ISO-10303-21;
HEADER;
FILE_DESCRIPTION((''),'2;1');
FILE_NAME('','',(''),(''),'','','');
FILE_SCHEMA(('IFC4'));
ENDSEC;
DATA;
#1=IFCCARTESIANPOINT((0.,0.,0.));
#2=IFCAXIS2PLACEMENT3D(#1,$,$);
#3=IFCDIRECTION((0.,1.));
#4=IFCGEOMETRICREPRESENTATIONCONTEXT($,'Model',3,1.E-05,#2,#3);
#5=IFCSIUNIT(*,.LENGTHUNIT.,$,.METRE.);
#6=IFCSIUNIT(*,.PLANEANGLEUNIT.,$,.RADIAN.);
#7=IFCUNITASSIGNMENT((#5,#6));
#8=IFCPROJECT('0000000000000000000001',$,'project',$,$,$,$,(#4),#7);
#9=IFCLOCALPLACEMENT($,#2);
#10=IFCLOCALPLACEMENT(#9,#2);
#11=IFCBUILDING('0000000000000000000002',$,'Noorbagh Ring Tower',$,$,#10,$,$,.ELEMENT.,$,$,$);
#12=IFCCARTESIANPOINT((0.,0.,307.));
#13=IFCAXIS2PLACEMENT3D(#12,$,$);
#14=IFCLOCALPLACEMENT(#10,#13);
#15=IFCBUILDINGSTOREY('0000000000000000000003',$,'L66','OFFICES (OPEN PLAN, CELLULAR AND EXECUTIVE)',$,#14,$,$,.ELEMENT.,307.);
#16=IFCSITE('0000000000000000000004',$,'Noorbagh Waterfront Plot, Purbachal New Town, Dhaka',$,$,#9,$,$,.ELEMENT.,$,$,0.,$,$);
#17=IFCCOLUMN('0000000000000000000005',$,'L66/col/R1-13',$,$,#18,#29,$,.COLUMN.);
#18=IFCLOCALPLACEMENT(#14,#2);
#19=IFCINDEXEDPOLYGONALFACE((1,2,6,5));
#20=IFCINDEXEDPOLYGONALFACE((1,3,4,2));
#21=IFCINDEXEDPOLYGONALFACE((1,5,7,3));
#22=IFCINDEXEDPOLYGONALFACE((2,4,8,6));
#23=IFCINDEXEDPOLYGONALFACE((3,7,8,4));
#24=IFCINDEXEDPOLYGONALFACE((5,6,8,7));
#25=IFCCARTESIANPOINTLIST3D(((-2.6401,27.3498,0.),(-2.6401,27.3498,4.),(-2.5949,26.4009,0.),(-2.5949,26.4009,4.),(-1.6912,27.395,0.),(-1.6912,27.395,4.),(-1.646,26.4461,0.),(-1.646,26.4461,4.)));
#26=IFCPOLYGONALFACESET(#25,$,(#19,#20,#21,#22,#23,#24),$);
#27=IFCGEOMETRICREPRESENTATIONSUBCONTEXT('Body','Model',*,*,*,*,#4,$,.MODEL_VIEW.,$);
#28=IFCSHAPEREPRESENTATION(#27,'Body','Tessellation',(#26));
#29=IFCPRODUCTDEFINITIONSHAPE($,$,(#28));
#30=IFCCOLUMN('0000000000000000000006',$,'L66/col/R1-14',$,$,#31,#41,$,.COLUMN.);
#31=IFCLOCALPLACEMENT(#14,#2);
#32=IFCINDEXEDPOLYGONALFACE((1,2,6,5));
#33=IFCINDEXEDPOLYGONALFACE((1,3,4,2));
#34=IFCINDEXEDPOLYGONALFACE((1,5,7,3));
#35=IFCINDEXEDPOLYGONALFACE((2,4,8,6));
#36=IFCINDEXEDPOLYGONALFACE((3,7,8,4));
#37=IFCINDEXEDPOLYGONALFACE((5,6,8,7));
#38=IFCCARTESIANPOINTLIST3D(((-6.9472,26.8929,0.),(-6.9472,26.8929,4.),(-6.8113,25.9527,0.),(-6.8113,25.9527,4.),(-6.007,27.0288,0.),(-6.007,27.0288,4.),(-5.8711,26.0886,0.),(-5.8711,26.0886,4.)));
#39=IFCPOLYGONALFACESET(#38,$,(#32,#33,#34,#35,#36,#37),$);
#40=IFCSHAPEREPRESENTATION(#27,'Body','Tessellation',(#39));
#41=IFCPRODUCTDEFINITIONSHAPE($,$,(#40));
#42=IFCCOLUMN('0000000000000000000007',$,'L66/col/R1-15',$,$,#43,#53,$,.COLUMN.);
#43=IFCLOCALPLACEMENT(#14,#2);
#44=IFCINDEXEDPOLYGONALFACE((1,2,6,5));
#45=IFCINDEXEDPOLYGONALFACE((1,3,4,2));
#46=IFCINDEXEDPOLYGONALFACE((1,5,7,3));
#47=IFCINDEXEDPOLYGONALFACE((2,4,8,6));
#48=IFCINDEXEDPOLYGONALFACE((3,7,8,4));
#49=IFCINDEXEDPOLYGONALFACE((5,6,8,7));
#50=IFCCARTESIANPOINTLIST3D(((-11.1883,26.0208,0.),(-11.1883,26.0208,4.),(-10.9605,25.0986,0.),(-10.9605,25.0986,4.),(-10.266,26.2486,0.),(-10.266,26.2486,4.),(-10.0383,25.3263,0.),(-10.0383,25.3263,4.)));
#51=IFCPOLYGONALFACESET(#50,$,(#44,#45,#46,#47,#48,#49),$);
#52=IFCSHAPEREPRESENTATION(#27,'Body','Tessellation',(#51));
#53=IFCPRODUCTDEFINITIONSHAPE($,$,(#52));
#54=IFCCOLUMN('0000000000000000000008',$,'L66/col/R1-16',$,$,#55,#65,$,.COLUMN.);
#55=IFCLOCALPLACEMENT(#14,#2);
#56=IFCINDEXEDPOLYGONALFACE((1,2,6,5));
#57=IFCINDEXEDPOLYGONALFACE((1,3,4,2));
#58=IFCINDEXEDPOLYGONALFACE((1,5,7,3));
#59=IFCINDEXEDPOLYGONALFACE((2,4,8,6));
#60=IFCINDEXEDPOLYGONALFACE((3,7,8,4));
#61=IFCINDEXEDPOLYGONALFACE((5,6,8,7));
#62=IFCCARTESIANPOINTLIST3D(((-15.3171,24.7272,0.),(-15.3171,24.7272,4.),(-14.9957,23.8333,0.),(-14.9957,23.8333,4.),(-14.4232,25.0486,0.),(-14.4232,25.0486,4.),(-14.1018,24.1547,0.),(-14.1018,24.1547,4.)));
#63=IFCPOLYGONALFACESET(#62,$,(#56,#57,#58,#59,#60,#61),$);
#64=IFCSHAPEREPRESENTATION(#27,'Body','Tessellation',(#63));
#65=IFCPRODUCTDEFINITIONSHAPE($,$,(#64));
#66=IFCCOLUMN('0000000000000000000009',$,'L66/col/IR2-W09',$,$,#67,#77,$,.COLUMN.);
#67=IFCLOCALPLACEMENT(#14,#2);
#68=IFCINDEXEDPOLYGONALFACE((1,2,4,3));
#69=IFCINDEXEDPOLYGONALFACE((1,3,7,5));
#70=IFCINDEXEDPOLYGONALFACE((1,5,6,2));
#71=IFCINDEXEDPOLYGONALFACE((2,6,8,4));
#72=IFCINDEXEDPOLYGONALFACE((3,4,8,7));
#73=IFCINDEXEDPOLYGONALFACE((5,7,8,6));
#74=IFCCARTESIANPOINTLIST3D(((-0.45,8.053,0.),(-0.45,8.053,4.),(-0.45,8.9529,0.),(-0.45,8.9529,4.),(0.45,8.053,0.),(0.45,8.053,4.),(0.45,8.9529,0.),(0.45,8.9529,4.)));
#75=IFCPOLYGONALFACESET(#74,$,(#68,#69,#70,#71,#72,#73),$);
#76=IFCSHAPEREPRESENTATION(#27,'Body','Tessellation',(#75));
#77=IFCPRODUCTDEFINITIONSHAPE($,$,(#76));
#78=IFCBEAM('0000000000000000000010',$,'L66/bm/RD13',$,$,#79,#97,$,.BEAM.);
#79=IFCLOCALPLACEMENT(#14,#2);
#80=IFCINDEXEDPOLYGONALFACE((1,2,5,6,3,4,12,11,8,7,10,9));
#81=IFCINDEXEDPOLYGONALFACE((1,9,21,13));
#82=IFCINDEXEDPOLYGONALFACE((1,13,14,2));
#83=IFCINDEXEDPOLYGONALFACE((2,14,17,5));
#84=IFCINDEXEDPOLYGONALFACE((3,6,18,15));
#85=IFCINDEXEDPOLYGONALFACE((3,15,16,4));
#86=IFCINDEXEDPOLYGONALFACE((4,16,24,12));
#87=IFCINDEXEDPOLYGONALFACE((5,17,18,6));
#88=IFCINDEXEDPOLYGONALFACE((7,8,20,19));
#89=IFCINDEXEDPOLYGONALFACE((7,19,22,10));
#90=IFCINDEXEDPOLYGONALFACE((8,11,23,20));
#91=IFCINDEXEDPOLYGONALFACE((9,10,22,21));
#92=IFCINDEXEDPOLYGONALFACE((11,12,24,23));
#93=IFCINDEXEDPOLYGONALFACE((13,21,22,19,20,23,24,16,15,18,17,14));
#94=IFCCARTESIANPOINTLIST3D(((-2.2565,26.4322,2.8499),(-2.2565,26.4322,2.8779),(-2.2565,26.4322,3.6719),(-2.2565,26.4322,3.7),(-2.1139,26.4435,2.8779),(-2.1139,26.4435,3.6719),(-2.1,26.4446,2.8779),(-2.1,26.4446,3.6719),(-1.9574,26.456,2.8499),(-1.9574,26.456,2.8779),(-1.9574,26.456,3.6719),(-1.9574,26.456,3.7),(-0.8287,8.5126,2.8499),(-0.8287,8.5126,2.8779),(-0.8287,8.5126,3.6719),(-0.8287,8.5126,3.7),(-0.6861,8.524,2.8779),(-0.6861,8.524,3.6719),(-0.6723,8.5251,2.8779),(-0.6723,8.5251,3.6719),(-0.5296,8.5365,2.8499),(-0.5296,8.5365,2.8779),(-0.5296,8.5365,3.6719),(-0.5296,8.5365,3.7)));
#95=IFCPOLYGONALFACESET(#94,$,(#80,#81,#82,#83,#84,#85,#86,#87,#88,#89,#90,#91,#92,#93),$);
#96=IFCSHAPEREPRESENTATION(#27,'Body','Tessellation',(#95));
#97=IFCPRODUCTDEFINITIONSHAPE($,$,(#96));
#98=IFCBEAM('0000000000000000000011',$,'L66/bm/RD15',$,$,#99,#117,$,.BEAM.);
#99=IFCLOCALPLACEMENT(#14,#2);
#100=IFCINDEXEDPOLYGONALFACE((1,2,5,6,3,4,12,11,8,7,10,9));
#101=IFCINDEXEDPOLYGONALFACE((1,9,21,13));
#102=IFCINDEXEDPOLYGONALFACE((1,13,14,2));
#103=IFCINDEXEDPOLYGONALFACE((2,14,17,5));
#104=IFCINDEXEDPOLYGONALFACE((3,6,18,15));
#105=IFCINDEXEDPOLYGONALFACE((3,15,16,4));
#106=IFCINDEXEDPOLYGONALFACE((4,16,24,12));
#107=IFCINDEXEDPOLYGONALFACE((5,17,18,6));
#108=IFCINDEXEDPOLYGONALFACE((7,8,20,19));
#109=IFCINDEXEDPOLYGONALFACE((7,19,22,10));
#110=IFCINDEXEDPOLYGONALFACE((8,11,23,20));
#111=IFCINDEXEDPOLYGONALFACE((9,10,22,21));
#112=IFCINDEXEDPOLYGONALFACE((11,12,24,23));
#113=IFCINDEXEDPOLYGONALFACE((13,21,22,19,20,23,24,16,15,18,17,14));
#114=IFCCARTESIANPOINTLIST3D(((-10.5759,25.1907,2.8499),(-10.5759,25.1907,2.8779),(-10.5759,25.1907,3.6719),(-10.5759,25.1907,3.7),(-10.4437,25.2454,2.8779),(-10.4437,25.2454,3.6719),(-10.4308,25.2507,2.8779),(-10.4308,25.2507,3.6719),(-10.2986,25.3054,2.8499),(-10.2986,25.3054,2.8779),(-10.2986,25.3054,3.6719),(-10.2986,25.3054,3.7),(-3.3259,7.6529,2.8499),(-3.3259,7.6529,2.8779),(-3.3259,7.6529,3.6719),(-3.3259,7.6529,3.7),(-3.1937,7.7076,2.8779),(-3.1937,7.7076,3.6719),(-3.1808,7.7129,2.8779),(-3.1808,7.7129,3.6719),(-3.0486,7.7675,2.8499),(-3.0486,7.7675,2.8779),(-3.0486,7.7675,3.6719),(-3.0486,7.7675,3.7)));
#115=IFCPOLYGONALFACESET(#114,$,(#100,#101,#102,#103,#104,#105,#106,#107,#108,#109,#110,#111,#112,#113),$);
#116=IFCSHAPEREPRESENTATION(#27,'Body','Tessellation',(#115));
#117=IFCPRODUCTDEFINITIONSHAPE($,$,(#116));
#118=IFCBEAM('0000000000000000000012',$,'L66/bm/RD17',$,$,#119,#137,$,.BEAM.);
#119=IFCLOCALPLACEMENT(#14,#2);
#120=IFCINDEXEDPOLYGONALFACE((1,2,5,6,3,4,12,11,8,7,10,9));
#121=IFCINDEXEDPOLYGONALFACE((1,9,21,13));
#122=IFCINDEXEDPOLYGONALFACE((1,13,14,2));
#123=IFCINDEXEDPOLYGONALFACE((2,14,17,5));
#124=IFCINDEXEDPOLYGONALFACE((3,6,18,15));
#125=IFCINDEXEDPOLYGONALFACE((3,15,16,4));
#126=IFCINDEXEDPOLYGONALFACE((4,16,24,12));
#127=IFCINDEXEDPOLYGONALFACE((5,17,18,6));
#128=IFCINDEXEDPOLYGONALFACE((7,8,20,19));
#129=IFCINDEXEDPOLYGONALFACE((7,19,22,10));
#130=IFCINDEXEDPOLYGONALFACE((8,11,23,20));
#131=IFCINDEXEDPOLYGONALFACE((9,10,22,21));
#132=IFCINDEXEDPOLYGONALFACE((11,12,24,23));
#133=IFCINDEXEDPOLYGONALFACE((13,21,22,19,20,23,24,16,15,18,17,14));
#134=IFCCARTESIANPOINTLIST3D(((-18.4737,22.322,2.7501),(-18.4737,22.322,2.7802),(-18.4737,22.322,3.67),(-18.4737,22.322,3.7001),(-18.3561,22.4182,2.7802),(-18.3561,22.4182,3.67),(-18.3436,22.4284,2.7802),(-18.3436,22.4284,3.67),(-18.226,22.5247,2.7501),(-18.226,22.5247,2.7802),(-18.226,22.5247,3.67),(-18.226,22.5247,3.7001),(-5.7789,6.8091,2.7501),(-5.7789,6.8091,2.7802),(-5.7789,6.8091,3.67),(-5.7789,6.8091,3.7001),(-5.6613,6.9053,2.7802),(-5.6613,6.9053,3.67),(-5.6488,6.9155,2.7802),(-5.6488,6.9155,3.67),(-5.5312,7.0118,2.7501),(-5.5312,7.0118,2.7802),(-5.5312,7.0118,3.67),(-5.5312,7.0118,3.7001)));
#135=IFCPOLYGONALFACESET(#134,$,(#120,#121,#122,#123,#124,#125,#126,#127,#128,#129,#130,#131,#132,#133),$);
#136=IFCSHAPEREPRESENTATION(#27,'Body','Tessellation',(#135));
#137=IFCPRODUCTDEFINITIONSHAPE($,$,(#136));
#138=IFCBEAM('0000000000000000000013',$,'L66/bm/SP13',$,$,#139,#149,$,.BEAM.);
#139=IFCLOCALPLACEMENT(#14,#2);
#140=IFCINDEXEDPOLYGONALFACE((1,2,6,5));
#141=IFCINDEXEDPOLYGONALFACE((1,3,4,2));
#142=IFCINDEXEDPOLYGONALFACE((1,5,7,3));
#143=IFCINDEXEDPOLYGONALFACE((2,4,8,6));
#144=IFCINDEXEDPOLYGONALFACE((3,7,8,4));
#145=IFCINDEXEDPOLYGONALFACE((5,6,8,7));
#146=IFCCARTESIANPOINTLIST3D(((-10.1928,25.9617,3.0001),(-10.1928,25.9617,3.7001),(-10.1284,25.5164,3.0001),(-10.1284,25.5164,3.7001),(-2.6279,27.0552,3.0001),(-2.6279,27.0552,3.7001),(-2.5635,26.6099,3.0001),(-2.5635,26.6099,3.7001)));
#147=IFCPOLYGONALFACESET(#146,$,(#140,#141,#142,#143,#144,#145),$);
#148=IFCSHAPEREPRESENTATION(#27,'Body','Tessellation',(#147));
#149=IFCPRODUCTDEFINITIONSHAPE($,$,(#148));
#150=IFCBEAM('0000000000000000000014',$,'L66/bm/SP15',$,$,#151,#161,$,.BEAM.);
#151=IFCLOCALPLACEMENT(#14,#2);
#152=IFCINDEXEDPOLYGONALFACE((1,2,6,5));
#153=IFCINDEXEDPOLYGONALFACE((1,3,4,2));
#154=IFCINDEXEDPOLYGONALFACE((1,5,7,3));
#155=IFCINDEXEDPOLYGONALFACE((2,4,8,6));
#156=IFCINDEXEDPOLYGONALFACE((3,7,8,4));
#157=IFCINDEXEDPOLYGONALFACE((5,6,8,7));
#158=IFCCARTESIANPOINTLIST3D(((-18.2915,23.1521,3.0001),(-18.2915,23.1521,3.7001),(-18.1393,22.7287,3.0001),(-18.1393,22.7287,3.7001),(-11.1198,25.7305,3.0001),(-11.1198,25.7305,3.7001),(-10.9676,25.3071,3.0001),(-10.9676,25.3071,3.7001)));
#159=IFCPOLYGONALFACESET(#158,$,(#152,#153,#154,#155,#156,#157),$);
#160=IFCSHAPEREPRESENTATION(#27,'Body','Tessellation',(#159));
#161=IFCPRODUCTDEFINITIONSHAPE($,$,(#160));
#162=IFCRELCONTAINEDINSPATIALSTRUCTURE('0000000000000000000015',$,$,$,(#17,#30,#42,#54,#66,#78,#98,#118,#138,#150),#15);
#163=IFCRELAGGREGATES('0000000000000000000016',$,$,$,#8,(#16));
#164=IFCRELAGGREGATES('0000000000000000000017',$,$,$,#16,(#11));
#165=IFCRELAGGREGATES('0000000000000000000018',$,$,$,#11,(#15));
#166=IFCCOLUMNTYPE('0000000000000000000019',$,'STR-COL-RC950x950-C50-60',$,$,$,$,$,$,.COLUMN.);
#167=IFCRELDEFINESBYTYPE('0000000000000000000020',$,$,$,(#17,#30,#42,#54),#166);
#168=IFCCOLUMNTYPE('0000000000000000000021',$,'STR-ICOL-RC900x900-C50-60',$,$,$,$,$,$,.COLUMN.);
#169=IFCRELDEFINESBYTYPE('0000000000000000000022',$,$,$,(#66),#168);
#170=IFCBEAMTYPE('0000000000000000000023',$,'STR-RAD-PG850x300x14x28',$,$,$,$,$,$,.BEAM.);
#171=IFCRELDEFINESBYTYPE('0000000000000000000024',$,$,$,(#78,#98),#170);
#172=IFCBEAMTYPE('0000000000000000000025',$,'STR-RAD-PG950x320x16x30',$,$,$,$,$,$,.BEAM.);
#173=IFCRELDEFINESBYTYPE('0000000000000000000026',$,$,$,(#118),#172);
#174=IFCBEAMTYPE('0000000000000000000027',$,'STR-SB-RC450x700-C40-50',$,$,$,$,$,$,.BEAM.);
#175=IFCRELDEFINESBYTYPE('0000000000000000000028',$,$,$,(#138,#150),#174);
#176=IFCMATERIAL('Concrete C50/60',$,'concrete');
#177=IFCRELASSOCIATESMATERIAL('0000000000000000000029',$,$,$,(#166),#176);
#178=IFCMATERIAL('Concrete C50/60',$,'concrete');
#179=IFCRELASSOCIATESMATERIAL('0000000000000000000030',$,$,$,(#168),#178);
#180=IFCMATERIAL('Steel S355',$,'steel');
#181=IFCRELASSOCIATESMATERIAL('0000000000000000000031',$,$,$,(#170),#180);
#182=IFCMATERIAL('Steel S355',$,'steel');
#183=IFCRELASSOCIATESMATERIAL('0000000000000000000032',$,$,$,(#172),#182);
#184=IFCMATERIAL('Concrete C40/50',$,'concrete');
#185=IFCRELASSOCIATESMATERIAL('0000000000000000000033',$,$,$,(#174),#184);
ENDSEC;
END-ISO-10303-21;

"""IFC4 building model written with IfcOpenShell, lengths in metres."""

from ifc_helpers import new_model, si_unit, direction, frame, origin, origin_2d, place, context, subcontext, project, spatial, rectangle, i_section, extrude, material, material_profile, profile_set, type_object, element, save


model = new_model("IFC4")

# Units and contexts
model_context = context("Model", 3, precision=1e-05, world=origin(), true_north=direction((0.0, 1.0)))
body_context = subcontext(model_context, "Body", "Model", "MODEL_VIEW")
ifc_project = project(units=[si_unit("LENGTHUNIT", "METRE"), si_unit("PLANEANGLEUNIT", "RADIAN")], contexts=[model_context])

# Site, building, storey
site_placement = place(None, origin())
site = spatial("IfcSite", under=ifc_project, at=site_placement, Name="Noorbagh Waterfront Plot, Purbachal New Town, Dhaka", CompositionType="ELEMENT", RefElevation=0.0)
building_placement = place(site_placement, origin())
building = spatial("IfcBuilding", under=site, at=building_placement, Name="Noorbagh Ring Tower", CompositionType="ELEMENT")
storey_placement = place(building_placement, frame((0.0, 0.0, 307.0)))
storey = spatial("IfcBuildingStorey", under=building, at=storey_placement, Name="L66", Description="OFFICES (OPEN PLAN, CELLULAR AND EXECUTIVE)", CompositionType="ELEMENT", Elevation=307.0)

# Columns
ifc_material_1 = material(Name="Concrete C50/60", Category="concrete")
ifc_material_profile_1 = material_profile(ifc_material_1, rectangle(XDim=0.95, YDim=0.95, at=origin_2d()), Name="RC950x950")
ifc_profile_set_1 = profile_set([ifc_material_profile_1], Name="Concrete C50/60")
column_type_1 = type_object("IfcColumnType", Name="STR-COL-RC950x950-C50-60", PredefinedType="COLUMN", material=ifc_profile_set_1)
for number, where, z_axis, x_axis, name in (
    (1, (-2.1431, 26.8979, 0.0), (0.0, 0.0, 1.0), (-0.998869, -0.047553, 0.0), "L66/col/R1-13"),
    (2, (-6.4092, 26.4907, 0.0), (0.0, 0.0, 1.0), (-0.989713, -0.143066, 0.0), "L66/col/R1-14"),
    (3, (-10.6133, 25.6736, 0.0), (0.0, 0.0, 1.0), (-0.970829, -0.239771, 0.0), "L66/col/R1-15"),
    (4, (-14.7095, 24.4409, 0.0), (0.0, 0.0, 1.0), (-0.941025, -0.338338, 0.0), "L66/col/R1-16"),
):
    element("IfcColumn", number, at=place(storey_placement, frame(where, z_axis=z_axis, x_axis=x_axis)), inside=storey, type_object=column_type_1, Name=name, PredefinedType="COLUMN", context=body_context, shape_type="SweptSolid", body=[
        extrude(rectangle(XDim=0.95, YDim=0.95, at=origin_2d()), origin(), (0.0, 0.0, 1.0), 4.0),
    ])
ifc_material_2 = material(Name="Concrete C50/60", Category="concrete")
ifc_material_profile_2 = material_profile(ifc_material_2, rectangle(XDim=0.8999, YDim=0.8999, at=origin_2d()), Name="RC900x900")
ifc_profile_set_2 = profile_set([ifc_material_profile_2], Name="Concrete C50/60")
column_type_2 = type_object("IfcColumnType", Name="STR-ICOL-RC900x900-C50-60", PredefinedType="COLUMN", material=ifc_profile_set_2)
column_placement = place(storey_placement, frame((0.0, 8.5029, 0.0), z_axis=(0.0, 0.0, 1.0), x_axis=(-1.0, 0.0, 0.0)))
element("IfcColumn", 5, at=column_placement, inside=storey, type_object=column_type_2, Name="L66/col/IR2-W09", PredefinedType="COLUMN", context=body_context, shape_type="SweptSolid", body=[
    extrude(rectangle(XDim=0.8999, YDim=0.8999, at=origin_2d()), origin(), (0.0, 0.0, 1.0), 4.0),
])

# Beams
ifc_material_3 = material(Name="Steel S355", Category="steel")
ifc_material_profile_3 = material_profile(ifc_material_3, i_section(OverallWidth=0.3, OverallDepth=0.8501, WebThickness=0.0139, FlangeThickness=0.0281, at=origin_2d()), Name="PG850x300x14x28")
ifc_profile_set_3 = profile_set([ifc_material_profile_3], Name="Steel S355")
beam_type_1 = type_object("IfcBeamType", Name="STR-RAD-PG850x300x14x28", PredefinedType="BEAM", material=ifc_profile_set_3)
beam_1_placement = place(storey_placement, frame((-2.1069, 26.4441, 3.2749), z_axis=(0.079423, -0.996841, 0.0), x_axis=(0.996841, 0.079423, 0.0)))
element("IfcBeam", 6, at=beam_1_placement, inside=storey, type_object=beam_type_1, Name="L66/bm/RD13", PredefinedType="BEAM", context=body_context, shape_type="SweptSolid", body=[
    extrude(i_section(OverallWidth=0.3, OverallDepth=0.8501, WebThickness=0.0139, FlangeThickness=0.0281, at=origin_2d()), origin(), (0.0, 0.0, 1.0), 17.9763),
])
beam_2_placement = place(storey_placement, frame((-10.4373, 25.248, 3.2749), z_axis=(0.382035, -0.924148, 0.0), x_axis=(0.924148, 0.382035, 0.0)))
element("IfcBeam", 7, at=beam_2_placement, inside=storey, type_object=beam_type_1, Name="L66/bm/RD15", PredefinedType="BEAM", context=body_context, shape_type="SweptSolid", body=[
    extrude(i_section(OverallWidth=0.3, OverallDepth=0.8501, WebThickness=0.0139, FlangeThickness=0.0281, at=origin_2d()), origin(), (0.0, 0.0, 1.0), 18.9773),
])
ifc_material_4 = material(Name="Steel S355", Category="steel")
ifc_material_profile_4 = material_profile(ifc_material_4, i_section(OverallWidth=0.3201, OverallDepth=0.95, WebThickness=0.0161, FlangeThickness=0.03, at=origin_2d()), Name="PG950x320x16x30")
ifc_profile_set_4 = profile_set([ifc_material_profile_4], Name="Steel S355")
beam_type_2 = type_object("IfcBeamType", Name="STR-RAD-PG950x320x16x30", PredefinedType="BEAM", material=ifc_profile_set_4)
beam_3_placement = place(storey_placement, frame((-18.3499, 22.4233, 3.2251), z_axis=(0.63331, -0.773898, 0.0), x_axis=(0.773898, 0.63331, 0.0)))
element("IfcBeam", 8, at=beam_3_placement, inside=storey, type_object=beam_type_2, Name="L66/bm/RD17", PredefinedType="BEAM", context=body_context, shape_type="SweptSolid", body=[
    extrude(i_section(OverallWidth=0.3201, OverallDepth=0.95, WebThickness=0.0161, FlangeThickness=0.03, at=origin_2d()), origin(), (0.0, 0.0, 1.0), 20.0452),
])
ifc_material_5 = material(Name="Concrete C40/50", Category="concrete")
ifc_material_profile_5 = material_profile(ifc_material_5, rectangle(XDim=0.45, YDim=0.7, at=origin_2d()), Name="RC450x700")
ifc_profile_set_5 = profile_set([ifc_material_profile_5], Name="Concrete C40/50")
beam_type_3 = type_object("IfcBeamType", Name="STR-SB-RC450x700-C40-50", PredefinedType="BEAM", material=ifc_profile_set_5)
beam_4_placement = place(storey_placement, frame((-2.5957, 26.8325, 3.3501), z_axis=(-0.989714, -0.143062, 0.0), x_axis=(0.143062, -0.989714, 0.0)))
element("IfcBeam", 9, at=beam_4_placement, inside=storey, type_object=beam_type_3, Name="L66/bm/SP13", PredefinedType="BEAM", context=body_context, shape_type="SweptSolid", body=[
    extrude(rectangle(XDim=0.45, YDim=0.7, at=origin_2d()), origin(), (0.0, 0.0, 1.0), 7.6436),
])
beam_5_placement = place(storey_placement, frame((-11.0437, 25.5188, 3.3501), z_axis=(-0.94103, -0.338322, 0.0), x_axis=(0.338322, -0.94103, 0.0)))
element("IfcBeam", 10, at=beam_5_placement, inside=storey, type_object=beam_type_3, Name="L66/bm/SP15", PredefinedType="BEAM", context=body_context, shape_type="SweptSolid", body=[
    extrude(rectangle(XDim=0.45, YDim=0.7, at=origin_2d()), origin(), (0.0, 0.0, 1.0), 7.6211),
])

save(model, "model.ifc")
